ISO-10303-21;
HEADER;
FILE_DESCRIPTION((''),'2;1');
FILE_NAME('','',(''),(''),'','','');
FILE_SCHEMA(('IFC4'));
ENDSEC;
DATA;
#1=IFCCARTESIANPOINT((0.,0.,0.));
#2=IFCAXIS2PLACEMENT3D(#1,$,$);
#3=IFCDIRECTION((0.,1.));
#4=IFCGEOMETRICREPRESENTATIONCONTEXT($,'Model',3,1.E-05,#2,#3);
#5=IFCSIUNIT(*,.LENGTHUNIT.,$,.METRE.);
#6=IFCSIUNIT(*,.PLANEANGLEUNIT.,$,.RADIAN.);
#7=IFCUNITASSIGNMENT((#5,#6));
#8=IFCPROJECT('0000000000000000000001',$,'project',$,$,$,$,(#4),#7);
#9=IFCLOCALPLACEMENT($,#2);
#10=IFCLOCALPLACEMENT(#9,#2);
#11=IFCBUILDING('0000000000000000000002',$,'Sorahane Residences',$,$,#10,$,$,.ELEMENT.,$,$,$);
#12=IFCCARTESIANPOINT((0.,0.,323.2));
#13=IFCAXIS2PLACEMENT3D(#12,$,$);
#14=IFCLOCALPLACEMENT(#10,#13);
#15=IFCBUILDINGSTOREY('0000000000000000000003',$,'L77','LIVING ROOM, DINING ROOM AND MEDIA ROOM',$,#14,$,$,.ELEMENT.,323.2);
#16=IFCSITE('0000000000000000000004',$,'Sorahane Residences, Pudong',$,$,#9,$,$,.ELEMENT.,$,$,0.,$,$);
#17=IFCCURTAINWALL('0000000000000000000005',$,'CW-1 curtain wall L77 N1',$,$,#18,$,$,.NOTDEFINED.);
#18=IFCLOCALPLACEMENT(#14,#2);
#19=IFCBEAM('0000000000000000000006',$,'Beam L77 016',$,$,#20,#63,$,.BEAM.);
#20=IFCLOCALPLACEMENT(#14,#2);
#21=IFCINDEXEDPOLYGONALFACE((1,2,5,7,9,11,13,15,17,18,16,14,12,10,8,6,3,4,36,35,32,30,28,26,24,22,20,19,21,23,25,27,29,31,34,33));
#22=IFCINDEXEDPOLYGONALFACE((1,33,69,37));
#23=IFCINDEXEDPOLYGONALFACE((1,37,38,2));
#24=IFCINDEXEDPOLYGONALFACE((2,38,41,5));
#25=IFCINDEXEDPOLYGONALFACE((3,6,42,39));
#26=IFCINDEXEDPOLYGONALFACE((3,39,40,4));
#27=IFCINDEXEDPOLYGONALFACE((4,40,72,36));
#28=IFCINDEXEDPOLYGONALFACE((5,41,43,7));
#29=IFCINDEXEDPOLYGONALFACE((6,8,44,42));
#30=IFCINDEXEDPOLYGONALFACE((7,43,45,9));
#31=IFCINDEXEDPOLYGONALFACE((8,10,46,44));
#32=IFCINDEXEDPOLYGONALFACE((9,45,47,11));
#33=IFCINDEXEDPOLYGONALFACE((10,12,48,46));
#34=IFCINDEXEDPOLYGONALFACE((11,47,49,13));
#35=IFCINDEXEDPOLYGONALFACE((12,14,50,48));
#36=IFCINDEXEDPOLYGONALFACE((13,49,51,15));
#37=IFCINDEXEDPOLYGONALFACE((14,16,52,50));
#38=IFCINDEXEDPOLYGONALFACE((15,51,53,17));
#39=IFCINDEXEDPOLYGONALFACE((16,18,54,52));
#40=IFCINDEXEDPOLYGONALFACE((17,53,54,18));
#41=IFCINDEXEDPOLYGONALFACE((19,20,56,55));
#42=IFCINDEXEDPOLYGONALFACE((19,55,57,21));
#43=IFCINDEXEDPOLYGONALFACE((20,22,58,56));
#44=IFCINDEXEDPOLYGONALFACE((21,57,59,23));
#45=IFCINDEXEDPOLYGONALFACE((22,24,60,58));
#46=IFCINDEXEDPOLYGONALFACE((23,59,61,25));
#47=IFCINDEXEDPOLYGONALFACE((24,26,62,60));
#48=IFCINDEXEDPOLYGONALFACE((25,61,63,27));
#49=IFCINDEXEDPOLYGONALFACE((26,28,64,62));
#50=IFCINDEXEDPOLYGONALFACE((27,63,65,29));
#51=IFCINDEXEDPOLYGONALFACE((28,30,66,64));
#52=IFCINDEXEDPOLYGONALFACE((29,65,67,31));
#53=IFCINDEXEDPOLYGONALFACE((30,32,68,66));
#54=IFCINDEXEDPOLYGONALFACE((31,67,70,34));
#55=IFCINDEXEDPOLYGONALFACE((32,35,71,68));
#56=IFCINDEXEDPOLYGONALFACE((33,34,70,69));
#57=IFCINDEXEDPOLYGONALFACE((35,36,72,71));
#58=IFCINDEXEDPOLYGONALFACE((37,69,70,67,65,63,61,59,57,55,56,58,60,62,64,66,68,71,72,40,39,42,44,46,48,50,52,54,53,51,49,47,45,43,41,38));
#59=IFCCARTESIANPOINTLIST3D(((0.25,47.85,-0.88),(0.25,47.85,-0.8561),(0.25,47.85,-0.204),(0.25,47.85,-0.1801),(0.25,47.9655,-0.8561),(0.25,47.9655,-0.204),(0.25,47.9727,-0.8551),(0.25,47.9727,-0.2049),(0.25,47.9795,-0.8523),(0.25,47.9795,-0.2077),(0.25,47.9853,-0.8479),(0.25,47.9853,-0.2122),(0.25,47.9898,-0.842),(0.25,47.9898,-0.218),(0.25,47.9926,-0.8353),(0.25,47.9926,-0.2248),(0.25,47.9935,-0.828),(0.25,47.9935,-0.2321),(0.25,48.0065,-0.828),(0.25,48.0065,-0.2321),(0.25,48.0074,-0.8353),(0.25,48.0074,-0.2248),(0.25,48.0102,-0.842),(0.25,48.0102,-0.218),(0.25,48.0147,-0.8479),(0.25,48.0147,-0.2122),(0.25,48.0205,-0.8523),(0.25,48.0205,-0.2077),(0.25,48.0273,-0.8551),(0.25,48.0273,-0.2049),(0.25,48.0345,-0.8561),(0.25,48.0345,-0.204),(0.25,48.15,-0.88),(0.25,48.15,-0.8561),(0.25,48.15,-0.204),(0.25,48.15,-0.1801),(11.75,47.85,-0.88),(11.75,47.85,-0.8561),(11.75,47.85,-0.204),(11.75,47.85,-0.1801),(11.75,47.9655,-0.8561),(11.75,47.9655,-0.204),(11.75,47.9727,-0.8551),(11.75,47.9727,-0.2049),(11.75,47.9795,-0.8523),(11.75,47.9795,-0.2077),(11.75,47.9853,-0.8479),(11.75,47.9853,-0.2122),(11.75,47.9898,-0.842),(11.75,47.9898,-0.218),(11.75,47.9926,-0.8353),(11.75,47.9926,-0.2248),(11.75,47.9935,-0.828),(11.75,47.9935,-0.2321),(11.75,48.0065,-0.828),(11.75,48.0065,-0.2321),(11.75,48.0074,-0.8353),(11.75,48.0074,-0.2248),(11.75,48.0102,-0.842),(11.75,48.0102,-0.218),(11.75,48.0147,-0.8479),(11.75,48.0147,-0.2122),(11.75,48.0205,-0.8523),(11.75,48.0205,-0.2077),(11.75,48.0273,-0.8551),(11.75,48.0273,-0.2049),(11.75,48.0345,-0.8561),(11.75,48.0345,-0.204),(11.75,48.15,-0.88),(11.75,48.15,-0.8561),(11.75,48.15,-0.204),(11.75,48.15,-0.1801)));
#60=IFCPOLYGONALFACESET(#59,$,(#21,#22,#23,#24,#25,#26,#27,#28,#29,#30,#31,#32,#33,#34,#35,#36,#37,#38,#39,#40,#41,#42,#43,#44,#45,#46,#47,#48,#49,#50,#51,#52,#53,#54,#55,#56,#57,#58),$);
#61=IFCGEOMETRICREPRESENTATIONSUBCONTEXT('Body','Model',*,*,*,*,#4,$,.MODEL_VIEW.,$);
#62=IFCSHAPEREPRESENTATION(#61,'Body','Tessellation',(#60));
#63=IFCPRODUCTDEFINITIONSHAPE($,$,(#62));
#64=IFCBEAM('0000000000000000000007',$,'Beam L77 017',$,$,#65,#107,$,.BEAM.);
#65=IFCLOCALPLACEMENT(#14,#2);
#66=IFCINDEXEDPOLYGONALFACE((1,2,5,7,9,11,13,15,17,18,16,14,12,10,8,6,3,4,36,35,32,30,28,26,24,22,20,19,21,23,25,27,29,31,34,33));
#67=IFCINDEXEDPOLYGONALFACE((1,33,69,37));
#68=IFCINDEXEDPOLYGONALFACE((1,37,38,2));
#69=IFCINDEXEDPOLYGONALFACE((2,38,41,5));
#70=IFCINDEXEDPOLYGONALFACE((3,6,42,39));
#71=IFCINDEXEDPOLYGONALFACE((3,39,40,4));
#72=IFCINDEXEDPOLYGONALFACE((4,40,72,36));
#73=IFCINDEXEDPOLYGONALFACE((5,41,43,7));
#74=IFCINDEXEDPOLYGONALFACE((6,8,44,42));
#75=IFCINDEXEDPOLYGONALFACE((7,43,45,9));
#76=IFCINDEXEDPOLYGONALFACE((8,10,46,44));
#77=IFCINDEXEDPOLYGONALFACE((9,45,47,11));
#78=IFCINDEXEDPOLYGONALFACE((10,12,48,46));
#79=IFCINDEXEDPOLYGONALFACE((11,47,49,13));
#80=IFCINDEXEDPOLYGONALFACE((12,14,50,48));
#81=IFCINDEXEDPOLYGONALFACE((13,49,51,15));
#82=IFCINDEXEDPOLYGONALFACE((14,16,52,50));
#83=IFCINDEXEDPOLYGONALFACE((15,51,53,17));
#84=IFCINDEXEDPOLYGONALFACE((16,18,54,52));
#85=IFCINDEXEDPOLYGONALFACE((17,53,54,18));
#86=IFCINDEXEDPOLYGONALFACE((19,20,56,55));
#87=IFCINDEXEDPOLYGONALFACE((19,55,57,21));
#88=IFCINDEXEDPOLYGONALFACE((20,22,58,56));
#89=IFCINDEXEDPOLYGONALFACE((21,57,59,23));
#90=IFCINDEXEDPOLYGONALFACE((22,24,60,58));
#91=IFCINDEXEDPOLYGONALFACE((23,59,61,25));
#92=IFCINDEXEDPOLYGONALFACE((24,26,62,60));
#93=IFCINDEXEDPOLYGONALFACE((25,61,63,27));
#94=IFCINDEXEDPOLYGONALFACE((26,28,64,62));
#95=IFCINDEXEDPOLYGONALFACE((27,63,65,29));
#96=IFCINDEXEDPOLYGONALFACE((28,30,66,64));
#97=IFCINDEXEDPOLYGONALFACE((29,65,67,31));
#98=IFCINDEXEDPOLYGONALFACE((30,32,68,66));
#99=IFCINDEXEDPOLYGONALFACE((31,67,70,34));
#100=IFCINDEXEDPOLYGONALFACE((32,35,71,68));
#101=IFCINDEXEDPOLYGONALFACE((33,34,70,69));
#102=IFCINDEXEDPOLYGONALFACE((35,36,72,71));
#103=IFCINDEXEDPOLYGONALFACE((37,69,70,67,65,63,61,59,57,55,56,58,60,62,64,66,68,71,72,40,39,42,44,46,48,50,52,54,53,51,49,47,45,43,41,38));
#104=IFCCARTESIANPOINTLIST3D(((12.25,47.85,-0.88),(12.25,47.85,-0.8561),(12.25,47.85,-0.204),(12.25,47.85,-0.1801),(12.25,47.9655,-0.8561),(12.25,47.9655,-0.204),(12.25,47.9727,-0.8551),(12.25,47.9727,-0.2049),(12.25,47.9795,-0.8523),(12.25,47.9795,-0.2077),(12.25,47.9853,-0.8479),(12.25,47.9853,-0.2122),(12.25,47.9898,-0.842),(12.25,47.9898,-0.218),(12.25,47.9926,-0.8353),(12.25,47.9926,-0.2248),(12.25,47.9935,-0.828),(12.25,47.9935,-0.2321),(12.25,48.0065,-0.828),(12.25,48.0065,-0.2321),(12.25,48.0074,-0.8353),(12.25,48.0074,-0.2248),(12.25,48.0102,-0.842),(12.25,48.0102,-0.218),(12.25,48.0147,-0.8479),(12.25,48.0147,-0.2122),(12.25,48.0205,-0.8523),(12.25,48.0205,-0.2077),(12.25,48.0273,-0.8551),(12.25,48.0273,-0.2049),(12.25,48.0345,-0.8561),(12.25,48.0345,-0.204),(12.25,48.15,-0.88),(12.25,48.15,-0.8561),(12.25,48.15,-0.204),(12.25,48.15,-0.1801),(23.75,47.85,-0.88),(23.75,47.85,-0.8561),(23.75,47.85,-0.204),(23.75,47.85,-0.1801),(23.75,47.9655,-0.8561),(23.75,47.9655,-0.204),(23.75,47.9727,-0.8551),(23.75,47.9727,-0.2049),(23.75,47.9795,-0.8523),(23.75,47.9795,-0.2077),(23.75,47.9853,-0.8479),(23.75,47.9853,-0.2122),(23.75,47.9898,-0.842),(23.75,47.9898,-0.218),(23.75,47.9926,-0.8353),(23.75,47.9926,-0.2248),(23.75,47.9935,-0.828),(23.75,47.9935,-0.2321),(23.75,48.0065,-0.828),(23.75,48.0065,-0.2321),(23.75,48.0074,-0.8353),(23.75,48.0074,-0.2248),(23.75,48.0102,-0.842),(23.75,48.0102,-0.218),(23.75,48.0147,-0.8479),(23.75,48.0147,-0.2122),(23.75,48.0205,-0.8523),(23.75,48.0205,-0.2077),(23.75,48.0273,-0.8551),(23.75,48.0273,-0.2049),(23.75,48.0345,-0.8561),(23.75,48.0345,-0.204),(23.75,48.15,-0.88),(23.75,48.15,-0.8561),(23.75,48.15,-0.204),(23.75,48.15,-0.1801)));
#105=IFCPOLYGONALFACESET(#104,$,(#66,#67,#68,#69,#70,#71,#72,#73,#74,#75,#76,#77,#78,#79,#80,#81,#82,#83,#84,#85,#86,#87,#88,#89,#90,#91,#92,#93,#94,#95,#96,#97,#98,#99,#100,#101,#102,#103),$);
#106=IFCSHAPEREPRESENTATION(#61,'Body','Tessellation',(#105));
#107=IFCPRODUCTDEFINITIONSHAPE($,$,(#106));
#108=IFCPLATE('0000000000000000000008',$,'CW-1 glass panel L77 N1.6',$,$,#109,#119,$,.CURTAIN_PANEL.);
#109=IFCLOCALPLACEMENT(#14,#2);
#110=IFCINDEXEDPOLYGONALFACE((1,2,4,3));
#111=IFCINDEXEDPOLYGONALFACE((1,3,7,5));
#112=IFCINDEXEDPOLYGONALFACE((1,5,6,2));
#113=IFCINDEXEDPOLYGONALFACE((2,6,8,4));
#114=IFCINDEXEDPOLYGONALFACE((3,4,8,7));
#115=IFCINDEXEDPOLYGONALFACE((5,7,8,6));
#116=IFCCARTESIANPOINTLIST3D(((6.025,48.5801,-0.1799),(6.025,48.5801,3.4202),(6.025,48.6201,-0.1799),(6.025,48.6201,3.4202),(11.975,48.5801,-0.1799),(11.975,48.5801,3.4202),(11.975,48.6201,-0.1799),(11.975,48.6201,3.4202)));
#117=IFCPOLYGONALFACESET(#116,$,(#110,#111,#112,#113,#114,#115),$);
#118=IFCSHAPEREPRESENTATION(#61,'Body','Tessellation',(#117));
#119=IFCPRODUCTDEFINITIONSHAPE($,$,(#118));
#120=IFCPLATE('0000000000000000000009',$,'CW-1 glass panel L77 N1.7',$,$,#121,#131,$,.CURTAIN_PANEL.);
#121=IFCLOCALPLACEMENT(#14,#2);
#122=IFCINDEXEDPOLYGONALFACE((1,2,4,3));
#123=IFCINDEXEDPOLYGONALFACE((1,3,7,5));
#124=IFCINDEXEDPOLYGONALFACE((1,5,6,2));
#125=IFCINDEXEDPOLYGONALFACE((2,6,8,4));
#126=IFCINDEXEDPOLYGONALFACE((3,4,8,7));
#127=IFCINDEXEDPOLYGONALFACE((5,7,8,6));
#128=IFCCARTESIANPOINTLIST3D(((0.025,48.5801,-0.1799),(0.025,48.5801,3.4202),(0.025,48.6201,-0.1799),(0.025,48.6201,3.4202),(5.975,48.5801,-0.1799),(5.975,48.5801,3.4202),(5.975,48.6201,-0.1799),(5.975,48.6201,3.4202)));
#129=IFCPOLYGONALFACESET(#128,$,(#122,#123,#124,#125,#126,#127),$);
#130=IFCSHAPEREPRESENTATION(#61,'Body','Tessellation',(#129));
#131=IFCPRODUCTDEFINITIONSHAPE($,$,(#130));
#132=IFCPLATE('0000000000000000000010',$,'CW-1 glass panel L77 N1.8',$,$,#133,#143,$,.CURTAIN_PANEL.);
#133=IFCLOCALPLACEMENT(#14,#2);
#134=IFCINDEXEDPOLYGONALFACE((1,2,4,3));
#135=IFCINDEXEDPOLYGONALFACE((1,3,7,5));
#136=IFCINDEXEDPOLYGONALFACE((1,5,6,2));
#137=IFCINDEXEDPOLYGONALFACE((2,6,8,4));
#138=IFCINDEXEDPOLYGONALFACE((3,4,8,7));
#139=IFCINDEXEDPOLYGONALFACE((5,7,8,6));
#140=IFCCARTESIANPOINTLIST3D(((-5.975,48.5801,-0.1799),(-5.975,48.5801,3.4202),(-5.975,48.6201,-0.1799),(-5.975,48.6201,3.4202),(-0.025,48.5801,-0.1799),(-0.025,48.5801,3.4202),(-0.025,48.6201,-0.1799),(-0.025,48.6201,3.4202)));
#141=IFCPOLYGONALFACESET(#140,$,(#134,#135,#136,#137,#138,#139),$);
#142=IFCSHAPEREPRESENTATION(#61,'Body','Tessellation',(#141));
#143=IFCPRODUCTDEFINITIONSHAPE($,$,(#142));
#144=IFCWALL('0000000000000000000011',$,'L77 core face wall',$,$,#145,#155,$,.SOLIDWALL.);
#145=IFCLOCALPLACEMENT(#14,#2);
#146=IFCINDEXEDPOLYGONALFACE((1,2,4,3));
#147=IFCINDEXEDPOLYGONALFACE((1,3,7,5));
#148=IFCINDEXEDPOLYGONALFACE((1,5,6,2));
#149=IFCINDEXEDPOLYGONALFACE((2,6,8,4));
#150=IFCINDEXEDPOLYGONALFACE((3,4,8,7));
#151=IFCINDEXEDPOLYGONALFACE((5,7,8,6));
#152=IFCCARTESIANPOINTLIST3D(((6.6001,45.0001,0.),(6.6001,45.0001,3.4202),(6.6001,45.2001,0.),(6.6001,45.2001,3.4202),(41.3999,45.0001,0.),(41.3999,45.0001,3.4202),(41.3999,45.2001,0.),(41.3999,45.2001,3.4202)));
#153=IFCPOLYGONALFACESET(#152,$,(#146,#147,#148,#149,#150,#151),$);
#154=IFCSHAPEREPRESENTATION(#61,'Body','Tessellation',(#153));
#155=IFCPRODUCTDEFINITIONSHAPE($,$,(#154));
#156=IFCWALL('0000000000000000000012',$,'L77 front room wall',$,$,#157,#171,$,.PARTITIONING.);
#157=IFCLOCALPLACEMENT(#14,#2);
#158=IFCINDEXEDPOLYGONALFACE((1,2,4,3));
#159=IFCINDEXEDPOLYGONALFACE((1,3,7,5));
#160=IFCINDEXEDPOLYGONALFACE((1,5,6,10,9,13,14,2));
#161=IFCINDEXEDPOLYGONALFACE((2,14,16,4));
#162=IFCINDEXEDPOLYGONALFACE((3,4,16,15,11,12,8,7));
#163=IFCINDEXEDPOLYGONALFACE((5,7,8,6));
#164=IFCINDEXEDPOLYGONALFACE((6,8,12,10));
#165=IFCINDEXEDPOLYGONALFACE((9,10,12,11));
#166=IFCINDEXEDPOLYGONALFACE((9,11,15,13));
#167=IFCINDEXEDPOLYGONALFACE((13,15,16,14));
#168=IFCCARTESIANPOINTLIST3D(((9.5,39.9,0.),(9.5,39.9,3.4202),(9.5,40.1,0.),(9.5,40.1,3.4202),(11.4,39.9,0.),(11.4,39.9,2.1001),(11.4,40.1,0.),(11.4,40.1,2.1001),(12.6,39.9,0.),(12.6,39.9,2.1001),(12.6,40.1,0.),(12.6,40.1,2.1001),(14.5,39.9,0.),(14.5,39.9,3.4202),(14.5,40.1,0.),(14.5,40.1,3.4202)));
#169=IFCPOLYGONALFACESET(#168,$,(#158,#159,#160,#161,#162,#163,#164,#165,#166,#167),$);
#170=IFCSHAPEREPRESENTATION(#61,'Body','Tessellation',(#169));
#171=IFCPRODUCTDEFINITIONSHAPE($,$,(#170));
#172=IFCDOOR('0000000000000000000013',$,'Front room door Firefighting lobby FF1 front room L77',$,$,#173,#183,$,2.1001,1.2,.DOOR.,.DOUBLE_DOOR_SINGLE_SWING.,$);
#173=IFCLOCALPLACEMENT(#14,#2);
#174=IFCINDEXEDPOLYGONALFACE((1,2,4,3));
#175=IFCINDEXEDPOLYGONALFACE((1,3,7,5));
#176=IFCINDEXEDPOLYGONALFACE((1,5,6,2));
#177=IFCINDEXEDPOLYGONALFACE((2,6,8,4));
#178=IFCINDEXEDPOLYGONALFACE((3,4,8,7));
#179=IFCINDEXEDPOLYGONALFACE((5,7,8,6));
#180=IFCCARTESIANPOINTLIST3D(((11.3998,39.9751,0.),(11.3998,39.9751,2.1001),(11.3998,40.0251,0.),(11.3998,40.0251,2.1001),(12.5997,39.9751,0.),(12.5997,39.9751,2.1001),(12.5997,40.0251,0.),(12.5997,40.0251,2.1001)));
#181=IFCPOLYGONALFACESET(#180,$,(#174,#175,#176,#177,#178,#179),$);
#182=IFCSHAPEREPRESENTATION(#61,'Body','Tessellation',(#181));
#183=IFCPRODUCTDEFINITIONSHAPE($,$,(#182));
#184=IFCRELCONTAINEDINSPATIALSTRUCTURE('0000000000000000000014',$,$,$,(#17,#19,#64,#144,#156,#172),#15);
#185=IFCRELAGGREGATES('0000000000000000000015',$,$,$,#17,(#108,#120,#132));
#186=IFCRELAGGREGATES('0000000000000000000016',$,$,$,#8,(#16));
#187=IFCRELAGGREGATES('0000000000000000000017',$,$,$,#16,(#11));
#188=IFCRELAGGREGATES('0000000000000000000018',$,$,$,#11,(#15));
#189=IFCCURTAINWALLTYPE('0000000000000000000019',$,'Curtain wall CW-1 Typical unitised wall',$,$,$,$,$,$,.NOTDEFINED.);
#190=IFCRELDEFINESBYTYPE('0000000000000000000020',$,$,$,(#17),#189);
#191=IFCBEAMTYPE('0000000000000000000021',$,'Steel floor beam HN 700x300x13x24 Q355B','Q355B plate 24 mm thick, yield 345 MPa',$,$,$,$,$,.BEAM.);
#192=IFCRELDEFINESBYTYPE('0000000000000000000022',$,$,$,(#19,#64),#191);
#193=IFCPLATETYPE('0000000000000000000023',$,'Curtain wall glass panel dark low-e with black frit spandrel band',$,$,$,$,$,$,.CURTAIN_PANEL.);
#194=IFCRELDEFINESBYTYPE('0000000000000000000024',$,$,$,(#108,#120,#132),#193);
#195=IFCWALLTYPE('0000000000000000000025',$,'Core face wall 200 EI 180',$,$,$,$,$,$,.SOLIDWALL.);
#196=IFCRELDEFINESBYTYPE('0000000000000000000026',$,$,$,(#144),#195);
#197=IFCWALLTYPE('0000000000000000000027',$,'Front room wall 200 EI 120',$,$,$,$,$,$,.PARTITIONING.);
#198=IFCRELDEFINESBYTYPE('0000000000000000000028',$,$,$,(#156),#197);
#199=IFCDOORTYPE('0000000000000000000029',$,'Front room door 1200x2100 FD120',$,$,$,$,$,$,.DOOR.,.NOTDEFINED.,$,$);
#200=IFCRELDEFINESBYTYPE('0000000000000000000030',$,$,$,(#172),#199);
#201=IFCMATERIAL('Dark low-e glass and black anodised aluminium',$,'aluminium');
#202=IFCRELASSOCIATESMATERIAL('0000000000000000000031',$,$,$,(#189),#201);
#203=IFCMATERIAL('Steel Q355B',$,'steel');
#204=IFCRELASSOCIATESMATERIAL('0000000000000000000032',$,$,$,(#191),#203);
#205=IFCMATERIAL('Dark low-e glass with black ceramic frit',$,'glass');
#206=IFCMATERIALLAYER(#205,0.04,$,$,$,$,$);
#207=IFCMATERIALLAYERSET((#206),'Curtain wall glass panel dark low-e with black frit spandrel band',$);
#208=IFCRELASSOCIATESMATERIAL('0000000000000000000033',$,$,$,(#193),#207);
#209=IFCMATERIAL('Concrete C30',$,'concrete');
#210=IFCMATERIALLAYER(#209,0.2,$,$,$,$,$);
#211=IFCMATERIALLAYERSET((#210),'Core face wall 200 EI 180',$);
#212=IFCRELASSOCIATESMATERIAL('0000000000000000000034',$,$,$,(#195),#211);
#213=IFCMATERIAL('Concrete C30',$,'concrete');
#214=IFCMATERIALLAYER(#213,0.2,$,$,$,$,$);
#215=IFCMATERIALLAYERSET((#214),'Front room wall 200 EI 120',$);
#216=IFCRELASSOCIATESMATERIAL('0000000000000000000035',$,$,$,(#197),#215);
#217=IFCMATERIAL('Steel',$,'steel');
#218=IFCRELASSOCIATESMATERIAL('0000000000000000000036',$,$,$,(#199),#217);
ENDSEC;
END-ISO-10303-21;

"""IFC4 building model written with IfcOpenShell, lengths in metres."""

from ifc_helpers import new_model, si_unit, direction, frame, frame_2d, origin, origin_2d, place, context, subcontext, project, spatial, rectangle, i_section, extrude, material, layer, layer_set, material_profile, profile_set, type_object, element, fill, aggregate, save


model = new_model("IFC4")

# Units and contexts
model_context = context("Model", 3, precision=1e-05, world=origin(), true_north=direction((0.0, 1.0)))
body_context = subcontext(model_context, "Body", "Model", "MODEL_VIEW")
ifc_project = project(units=[si_unit("LENGTHUNIT", "METRE"), si_unit("PLANEANGLEUNIT", "RADIAN")], contexts=[model_context])

# Site, building, storey
site_placement = place(None, origin())
site = spatial("IfcSite", under=ifc_project, at=site_placement, Name="Sorahane Residences, Pudong", CompositionType="ELEMENT", RefElevation=0.0)
building_placement = place(site_placement, origin())
building = spatial("IfcBuilding", under=site, at=building_placement, Name="Sorahane Residences", CompositionType="ELEMENT")
storey_placement = place(building_placement, frame((0.0, 0.0, 323.2)))
storey = spatial("IfcBuildingStorey", under=building, at=storey_placement, Name="L77", Description="LIVING ROOM, DINING ROOM AND MEDIA ROOM", CompositionType="ELEMENT", Elevation=323.2)

# Curtain wall
ifc_material_1 = material(Name="Dark low-e glass and black anodised aluminium", Category="aluminium")
curtain_wall_type = type_object("IfcCurtainWallType", Name="Curtain wall CW-1 Typical unitised wall", PredefinedType="NOTDEFINED", material=ifc_material_1)
curtain_wall_placement = place(storey_placement, origin())
curtain_wall = element("IfcCurtainWall", 1, at=curtain_wall_placement, inside=storey, type_object=curtain_wall_type, Name="CW-1 curtain wall L77 N1", PredefinedType="NOTDEFINED")

# Beams
ifc_material_2 = material(Name="Steel Q355B", Category="steel")
ifc_material_profile_1 = material_profile(ifc_material_2, i_section(OverallWidth=0.3, OverallDepth=0.7, WebThickness=0.0129, FlangeThickness=0.0239, FilletRadius=0.0281, at=origin_2d()), Name="HN 700x300x13x24")
ifc_profile_set_1 = profile_set([ifc_material_profile_1], Name="Steel Q355B")
beam_type_1 = type_object("IfcBeamType", Name="Steel floor beam HN 700x300x13x24 Q355B", Description="Q355B plate 24 mm thick, yield 345 MPa", PredefinedType="BEAM", material=ifc_profile_set_1)
for number, where, z_axis, x_axis, name in (
    (2, (0.25, 48.0, -0.53), (1.0, 0.0, 0.0), (0.0, 1.0, 0.0), "Beam L77 016"),
    (3, (12.25, 48.0, -0.53), (1.0, 0.0, 0.0), (0.0, 1.0, 0.0), "Beam L77 017"),
):
    element("IfcBeam", number, at=place(storey_placement, frame(where, z_axis=z_axis, x_axis=x_axis)), inside=storey, type_object=beam_type_1, Name=name, PredefinedType="BEAM", context=body_context, shape_type="SweptSolid", body=[
        extrude(i_section(OverallWidth=0.3, OverallDepth=0.7, WebThickness=0.0129, FlangeThickness=0.0239, FilletRadius=0.0281, at=origin_2d()), origin(), (0.0, 0.0, 1.0), 11.5),
    ])

# Plates
ifc_material_3 = material(Name="Dark low-e glass with black ceramic frit", Category="glass")
ifc_layer_1 = layer(ifc_material_3, 0.04)
ifc_layer_set_1 = layer_set([ifc_layer_1], Name="Curtain wall glass panel dark low-e with black frit spandrel band")
plate_type = type_object("IfcPlateType", Name="Curtain wall glass panel dark low-e with black frit spandrel band", PredefinedType="CURTAIN_PANEL", material=ifc_layer_set_1)
plate_1_placement = place(storey_placement, frame((9.0, 48.6001, -0.1799), z_axis=(0.0, 0.0, 1.0), x_axis=(-1.0, 0.0, 0.0)))
plate_1 = element("IfcPlate", 4, at=plate_1_placement, type_object=plate_type, Name="CW-1 glass panel L77 N1.6", PredefinedType="CURTAIN_PANEL", context=body_context, shape_type="SweptSolid", body=[
    extrude(rectangle(XDim=5.95, YDim=0.04, at=origin_2d()), origin(), (0.0, 0.0, 1.0), 3.6001),
])
plate_2_placement = place(storey_placement, frame((3.0, 48.6001, -0.1799), z_axis=(0.0, 0.0, 1.0), x_axis=(-1.0, 0.0, 0.0)))
plate_2 = element("IfcPlate", 5, at=plate_2_placement, type_object=plate_type, Name="CW-1 glass panel L77 N1.7", PredefinedType="CURTAIN_PANEL", context=body_context, shape_type="SweptSolid", body=[
    extrude(rectangle(XDim=5.95, YDim=0.04, at=origin_2d()), origin(), (0.0, 0.0, 1.0), 3.6001),
])
plate_3_placement = place(storey_placement, frame((-3.0, 48.6001, -0.1799), z_axis=(0.0, 0.0, 1.0), x_axis=(-1.0, 0.0, 0.0)))
plate_3 = element("IfcPlate", 6, at=plate_3_placement, type_object=plate_type, Name="CW-1 glass panel L77 N1.8", PredefinedType="CURTAIN_PANEL", context=body_context, shape_type="SweptSolid", body=[
    extrude(rectangle(XDim=5.95, YDim=0.04, at=origin_2d()), origin(), (0.0, 0.0, 1.0), 3.6001),
])
aggregate(curtain_wall, [plate_1, plate_2, plate_3])

# Wall
ifc_material_4 = material(Name="Concrete C30", Category="concrete")
ifc_layer_2 = layer(ifc_material_4, 0.2)
ifc_layer_set_2 = layer_set([ifc_layer_2], Name="Core face wall 200 EI 180")
wall_type_1 = type_object("IfcWallType", Name="Core face wall 200 EI 180", PredefinedType="SOLIDWALL", material=ifc_layer_set_2)
wall_1_placement = place(storey_placement, frame((6.6001, 45.1001, 0.0), z_axis=(0.0, 0.0, 1.0), x_axis=(1.0, 0.0, 0.0)))
element("IfcWall", 7, at=wall_1_placement, inside=storey, type_object=wall_type_1, Name="L77 core face wall", PredefinedType="SOLIDWALL", context=body_context, shape_type="SweptSolid", body=[
    extrude(rectangle(XDim=34.7998, YDim=0.2, at=frame_2d((17.3999, 0.0))), origin(), (0.0, 0.0, 1.0), 3.4202),
])

# Wall, opening, door
ifc_material_5 = material(Name="Concrete C30", Category="concrete")
ifc_layer_3 = layer(ifc_material_5, 0.2)
ifc_layer_set_3 = layer_set([ifc_layer_3], Name="Front room wall 200 EI 120")
wall_type_2 = type_object("IfcWallType", Name="Front room wall 200 EI 120", PredefinedType="PARTITIONING", material=ifc_layer_set_3)
wall_2_placement = place(storey_placement, frame((9.5, 40.0, 0.0), z_axis=(0.0, 0.0, 1.0), x_axis=(1.0, 0.0, 0.0)))
wall_2 = element("IfcWall", 8, at=wall_2_placement, inside=storey, type_object=wall_type_2, Name="L77 front room wall", PredefinedType="PARTITIONING", context=body_context, shape_type="SweptSolid", body=[
    extrude(rectangle(XDim=5.0, YDim=0.2, at=frame_2d((2.5, 0.0))), origin(), (0.0, 0.0, 1.0), 3.4202),
])
opening_placement = place(wall_2_placement, frame((1.8999, 0.0, 0.0)))
opening = element("IfcOpeningElement", 9, at=opening_placement, cuts=wall_2, PredefinedType="OPENING", context=body_context, shape_type="SweptSolid", body=[
    extrude(rectangle(XDim=1.2, YDim=2.1001, at=frame_2d((0.6001, 1.05))), frame((0.0, 0.1099, 0.0), z_axis=(0.0, -1.0, 0.0), x_axis=(1.0, 0.0, 0.0)), (0.0, 0.0, 1.0), 0.22),
])
ifc_material_6 = material(Name="Steel", Category="steel")
door_type = type_object("IfcDoorType", Name="Front room door 1200x2100 FD120", OperationType="NOTDEFINED", PredefinedType="DOOR", material=ifc_material_6)
door_placement = place(opening_placement, frame((1.2, 0.0, 0.0), z_axis=(0.0, 0.0, 1.0), x_axis=(-1.0, 0.0, 0.0)))
door = element("IfcDoor", 10, at=door_placement, inside=storey, type_object=door_type, Name="Front room door Firefighting lobby FF1 front room L77", OperationType="DOUBLE_DOOR_SINGLE_SWING", OverallHeight=2.1001, OverallWidth=1.2, PredefinedType="DOOR", context=body_context, shape_type="SweptSolid", body=[
    extrude(rectangle(XDim=1.2, YDim=2.1001, at=frame_2d((0.6001, 1.05))), frame((0.0, 0.0249, 0.0), z_axis=(0.0, -1.0, 0.0), x_axis=(1.0, 0.0, 0.0)), (0.0, 0.0, 1.0), 0.05),
])
fill(opening, door)

save(model, "model.ifc")
